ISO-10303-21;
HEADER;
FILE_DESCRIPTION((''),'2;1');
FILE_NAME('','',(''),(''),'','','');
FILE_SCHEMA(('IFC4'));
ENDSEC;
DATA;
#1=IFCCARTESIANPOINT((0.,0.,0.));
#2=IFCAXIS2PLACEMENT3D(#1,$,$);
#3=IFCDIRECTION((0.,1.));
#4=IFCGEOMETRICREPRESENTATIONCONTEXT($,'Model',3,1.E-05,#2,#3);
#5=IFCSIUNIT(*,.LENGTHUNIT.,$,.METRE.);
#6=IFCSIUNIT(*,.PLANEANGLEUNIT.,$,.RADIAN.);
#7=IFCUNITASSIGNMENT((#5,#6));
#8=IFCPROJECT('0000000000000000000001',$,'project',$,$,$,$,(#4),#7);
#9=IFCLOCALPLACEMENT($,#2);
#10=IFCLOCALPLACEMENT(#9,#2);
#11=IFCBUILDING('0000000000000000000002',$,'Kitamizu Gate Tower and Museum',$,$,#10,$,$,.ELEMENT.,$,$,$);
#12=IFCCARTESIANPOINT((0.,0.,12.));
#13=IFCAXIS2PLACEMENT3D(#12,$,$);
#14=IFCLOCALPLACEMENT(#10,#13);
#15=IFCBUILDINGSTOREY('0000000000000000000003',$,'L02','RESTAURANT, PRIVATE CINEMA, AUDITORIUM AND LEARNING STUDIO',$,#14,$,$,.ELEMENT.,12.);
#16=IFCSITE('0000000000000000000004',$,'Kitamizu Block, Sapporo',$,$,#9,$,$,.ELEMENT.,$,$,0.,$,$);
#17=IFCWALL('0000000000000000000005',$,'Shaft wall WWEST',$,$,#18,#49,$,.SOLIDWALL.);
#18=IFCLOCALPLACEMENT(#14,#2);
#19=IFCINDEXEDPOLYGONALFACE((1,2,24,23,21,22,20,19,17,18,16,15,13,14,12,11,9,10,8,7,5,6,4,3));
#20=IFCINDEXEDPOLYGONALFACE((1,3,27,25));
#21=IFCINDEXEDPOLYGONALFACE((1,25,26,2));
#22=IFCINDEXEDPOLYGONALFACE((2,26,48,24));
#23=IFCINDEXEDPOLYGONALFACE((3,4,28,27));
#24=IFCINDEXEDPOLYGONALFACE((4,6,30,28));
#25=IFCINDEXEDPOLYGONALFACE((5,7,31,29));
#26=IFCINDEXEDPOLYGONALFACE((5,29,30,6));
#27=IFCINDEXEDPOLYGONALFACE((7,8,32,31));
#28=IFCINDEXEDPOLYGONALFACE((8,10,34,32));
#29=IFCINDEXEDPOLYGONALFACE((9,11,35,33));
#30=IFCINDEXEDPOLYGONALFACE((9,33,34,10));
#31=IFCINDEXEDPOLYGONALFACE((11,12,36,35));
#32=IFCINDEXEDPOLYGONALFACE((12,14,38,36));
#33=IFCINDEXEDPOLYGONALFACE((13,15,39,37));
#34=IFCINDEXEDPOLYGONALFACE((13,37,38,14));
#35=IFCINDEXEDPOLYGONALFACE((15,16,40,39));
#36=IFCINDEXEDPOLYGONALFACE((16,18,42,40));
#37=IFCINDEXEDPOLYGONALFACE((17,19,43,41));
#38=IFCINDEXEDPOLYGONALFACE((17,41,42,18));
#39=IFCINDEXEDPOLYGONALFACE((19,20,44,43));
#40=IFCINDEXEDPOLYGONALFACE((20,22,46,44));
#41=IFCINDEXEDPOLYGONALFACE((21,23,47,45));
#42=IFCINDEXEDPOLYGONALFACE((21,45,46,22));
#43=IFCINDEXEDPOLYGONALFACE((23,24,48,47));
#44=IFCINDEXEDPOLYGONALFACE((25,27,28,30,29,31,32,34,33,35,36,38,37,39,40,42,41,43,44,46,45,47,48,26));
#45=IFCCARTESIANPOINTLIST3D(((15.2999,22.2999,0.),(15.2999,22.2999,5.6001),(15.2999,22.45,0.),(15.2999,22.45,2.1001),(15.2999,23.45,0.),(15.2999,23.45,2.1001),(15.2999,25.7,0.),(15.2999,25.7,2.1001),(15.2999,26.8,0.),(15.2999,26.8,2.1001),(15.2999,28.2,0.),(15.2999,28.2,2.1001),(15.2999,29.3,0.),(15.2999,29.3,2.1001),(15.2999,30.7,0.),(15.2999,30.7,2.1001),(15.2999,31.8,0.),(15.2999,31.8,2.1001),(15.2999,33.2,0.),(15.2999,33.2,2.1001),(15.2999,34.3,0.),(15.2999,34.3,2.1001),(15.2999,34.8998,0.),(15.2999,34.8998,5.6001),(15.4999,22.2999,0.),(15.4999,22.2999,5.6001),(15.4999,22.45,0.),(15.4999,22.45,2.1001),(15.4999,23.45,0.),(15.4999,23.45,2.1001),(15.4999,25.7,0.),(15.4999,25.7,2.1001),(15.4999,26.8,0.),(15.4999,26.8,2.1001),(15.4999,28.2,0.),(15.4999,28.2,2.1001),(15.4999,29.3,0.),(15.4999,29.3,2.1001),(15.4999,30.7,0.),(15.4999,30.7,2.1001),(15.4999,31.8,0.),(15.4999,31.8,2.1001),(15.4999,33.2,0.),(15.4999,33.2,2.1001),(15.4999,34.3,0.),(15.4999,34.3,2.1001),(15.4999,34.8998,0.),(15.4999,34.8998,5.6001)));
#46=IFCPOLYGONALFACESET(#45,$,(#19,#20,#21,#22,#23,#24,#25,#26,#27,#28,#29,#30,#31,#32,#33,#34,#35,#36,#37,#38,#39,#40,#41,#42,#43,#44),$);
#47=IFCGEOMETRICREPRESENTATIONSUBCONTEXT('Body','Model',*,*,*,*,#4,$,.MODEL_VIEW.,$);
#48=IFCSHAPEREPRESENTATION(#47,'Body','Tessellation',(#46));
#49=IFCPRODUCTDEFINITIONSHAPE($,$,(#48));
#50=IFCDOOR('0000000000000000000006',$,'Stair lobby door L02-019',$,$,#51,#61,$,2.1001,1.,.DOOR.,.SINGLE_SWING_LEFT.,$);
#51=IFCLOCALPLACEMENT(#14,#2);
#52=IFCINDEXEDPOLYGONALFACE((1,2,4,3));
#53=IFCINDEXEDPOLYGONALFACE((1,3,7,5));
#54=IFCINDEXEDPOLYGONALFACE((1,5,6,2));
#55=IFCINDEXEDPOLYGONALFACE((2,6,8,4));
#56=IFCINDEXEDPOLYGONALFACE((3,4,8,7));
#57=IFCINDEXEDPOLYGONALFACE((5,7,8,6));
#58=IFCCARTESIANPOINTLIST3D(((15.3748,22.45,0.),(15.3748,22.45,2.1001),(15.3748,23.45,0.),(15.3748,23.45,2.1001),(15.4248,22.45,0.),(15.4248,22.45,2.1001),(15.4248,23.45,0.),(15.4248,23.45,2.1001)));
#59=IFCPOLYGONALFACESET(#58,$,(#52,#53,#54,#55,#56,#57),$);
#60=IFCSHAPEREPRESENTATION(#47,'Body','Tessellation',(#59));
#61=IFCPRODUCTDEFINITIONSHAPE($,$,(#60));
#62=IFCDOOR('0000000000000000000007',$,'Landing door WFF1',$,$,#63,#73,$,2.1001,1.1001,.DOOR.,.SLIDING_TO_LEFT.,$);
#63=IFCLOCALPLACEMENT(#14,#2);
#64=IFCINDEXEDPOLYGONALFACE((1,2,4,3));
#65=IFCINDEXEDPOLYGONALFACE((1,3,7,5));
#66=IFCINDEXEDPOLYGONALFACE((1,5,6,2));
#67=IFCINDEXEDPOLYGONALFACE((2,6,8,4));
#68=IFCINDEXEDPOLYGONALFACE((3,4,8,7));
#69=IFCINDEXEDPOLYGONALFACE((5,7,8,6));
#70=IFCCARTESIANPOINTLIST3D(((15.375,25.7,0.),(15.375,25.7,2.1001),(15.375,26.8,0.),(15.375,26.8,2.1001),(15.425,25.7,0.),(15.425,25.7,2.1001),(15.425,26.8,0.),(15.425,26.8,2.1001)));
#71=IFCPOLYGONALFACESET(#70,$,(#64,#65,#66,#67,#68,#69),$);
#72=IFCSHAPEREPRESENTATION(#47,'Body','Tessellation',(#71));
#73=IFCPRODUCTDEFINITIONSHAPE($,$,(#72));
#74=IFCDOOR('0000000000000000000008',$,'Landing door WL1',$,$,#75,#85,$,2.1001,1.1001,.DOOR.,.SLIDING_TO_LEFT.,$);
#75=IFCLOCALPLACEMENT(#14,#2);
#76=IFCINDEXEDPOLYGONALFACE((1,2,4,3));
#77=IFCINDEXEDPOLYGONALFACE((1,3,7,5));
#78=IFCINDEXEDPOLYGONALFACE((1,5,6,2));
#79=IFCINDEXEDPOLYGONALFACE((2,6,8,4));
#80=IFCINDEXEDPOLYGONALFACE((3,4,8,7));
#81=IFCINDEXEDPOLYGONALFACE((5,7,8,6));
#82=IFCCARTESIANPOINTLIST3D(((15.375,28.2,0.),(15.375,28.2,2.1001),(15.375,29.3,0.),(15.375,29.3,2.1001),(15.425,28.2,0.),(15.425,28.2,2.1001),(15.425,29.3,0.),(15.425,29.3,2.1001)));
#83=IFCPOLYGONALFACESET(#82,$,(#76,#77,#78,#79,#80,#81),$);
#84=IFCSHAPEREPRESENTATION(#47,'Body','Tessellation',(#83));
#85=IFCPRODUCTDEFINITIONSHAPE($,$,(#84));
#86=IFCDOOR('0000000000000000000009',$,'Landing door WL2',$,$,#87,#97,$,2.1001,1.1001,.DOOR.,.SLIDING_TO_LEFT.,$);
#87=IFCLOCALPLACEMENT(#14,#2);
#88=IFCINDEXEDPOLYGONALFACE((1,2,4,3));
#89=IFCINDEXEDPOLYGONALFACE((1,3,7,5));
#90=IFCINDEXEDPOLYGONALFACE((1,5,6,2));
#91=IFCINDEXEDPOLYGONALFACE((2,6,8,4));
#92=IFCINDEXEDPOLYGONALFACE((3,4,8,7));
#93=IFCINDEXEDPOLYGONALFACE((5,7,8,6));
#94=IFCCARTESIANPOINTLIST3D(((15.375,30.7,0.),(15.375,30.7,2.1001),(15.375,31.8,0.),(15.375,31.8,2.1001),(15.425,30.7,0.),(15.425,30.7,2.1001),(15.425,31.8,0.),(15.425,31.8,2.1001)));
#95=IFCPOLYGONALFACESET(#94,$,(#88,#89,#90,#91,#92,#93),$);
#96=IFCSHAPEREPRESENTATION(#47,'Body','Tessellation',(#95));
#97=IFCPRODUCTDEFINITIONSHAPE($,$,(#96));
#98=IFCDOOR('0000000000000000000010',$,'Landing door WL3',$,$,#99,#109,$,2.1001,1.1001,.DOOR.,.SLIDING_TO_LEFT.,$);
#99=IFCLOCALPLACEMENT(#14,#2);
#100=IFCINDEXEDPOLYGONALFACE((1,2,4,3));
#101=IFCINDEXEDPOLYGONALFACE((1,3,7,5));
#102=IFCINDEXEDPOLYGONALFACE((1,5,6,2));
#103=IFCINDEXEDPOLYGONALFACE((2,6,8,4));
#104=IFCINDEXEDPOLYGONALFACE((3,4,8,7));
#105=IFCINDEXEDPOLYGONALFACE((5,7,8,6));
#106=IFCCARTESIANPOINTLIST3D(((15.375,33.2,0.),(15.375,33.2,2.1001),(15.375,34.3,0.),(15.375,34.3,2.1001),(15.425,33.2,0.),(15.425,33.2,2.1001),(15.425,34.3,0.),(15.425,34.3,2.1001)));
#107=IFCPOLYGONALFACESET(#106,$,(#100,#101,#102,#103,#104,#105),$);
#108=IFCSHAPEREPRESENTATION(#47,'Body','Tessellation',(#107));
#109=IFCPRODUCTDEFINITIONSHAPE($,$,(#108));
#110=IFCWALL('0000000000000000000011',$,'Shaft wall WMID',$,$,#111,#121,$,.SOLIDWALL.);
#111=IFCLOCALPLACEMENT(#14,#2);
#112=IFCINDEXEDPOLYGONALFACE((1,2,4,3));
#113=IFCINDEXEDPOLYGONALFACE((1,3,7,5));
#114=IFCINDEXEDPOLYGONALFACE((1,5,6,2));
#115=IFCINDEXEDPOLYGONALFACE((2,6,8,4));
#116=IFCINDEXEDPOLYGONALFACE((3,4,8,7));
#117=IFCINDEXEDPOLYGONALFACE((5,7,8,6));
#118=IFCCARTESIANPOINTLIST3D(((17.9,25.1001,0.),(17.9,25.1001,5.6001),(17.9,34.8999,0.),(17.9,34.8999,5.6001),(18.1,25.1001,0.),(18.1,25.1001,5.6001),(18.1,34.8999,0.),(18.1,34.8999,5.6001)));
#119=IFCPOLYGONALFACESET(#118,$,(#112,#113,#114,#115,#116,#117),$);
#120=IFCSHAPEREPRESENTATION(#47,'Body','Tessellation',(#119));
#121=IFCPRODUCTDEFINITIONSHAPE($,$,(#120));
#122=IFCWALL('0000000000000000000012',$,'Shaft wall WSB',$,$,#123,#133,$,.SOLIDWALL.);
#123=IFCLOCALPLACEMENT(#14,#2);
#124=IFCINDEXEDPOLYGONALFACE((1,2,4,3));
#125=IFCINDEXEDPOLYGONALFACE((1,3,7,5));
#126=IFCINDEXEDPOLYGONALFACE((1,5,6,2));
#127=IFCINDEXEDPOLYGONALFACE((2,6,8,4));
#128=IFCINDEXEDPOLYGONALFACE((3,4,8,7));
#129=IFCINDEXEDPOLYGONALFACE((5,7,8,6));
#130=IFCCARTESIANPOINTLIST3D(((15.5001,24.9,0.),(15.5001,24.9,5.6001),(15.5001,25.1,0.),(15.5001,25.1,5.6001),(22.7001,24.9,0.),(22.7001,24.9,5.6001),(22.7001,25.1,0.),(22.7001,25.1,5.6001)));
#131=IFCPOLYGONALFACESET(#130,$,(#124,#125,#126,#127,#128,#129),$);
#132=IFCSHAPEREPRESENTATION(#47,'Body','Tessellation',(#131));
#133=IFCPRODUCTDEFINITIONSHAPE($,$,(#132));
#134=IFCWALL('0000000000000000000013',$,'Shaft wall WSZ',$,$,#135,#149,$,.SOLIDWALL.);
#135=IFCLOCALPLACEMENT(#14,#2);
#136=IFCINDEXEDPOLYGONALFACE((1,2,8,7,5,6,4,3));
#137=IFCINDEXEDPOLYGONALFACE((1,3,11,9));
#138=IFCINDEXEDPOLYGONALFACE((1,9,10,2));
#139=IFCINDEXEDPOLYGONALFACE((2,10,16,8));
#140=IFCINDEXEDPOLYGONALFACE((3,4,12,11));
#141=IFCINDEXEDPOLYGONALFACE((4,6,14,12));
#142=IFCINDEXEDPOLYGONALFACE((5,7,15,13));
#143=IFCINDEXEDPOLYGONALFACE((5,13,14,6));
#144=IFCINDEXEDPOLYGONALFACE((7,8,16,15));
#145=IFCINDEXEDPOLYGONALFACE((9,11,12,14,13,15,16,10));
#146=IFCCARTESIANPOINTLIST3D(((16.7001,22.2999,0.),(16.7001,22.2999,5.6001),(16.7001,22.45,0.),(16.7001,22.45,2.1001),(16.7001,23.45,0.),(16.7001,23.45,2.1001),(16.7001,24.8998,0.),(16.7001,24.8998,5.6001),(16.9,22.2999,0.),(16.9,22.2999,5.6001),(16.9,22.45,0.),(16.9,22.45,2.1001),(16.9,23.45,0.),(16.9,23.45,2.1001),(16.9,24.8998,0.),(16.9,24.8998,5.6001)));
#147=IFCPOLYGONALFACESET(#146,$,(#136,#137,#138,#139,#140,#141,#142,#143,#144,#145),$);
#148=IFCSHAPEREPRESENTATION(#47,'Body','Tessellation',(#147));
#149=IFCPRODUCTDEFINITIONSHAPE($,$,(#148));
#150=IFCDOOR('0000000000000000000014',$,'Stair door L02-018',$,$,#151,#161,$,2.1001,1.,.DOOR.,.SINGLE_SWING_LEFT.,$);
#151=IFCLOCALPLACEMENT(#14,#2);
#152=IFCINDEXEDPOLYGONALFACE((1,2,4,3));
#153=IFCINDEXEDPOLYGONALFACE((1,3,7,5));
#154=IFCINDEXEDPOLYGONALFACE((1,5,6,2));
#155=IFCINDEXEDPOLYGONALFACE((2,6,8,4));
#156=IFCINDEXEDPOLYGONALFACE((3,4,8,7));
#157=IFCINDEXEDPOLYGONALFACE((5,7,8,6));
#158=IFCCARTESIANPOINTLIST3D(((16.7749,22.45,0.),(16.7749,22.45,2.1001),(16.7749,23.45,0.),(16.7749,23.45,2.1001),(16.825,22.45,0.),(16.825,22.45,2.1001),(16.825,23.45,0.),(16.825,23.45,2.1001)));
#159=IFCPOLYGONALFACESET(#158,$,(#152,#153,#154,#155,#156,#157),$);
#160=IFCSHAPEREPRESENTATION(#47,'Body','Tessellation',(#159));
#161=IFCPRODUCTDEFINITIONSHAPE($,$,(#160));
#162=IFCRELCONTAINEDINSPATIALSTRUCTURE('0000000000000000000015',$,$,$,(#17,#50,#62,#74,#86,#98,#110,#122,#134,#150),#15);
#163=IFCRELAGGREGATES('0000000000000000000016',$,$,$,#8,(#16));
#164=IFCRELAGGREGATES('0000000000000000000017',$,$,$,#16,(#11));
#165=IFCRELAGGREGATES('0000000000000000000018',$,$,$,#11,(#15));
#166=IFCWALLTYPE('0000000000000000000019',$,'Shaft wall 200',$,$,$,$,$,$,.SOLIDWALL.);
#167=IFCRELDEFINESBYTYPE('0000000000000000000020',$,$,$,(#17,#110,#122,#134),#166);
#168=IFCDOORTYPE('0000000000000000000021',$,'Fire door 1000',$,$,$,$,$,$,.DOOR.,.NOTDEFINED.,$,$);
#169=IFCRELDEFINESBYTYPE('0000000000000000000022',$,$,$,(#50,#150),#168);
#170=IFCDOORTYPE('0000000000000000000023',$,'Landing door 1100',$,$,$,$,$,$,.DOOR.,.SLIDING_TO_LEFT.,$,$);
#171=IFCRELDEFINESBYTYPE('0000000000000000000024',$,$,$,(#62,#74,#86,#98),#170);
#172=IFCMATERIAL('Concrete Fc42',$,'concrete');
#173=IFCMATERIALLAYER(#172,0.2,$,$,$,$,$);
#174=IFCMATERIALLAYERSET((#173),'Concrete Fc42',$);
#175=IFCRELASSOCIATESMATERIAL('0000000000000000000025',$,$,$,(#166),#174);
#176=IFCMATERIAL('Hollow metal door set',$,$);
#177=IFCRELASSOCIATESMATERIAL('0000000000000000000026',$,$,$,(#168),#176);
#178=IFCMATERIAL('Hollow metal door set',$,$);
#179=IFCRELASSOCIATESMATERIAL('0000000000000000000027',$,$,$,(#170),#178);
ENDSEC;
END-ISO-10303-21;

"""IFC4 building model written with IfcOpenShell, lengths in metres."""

from ifc_helpers import new_model, si_unit, direction, frame, frame_2d, origin, place, context, subcontext, project, spatial, rectangle, extrude, material, layer, layer_set, type_object, element, fill, save


model = new_model("IFC4")

# Units and contexts
model_context = context("Model", 3, precision=1e-05, world=origin(), true_north=direction((0.0, 1.0)))
body_context = subcontext(model_context, "Body", "Model", "MODEL_VIEW")
ifc_project = project(units=[si_unit("LENGTHUNIT", "METRE"), si_unit("PLANEANGLEUNIT", "RADIAN")], contexts=[model_context])

# Site, building, storey
site_placement = place(None, origin())
site = spatial("IfcSite", under=ifc_project, at=site_placement, Name="Kitamizu Block, Sapporo", CompositionType="ELEMENT", RefElevation=0.0)
building_placement = place(site_placement, origin())
building = spatial("IfcBuilding", under=site, at=building_placement, Name="Kitamizu Gate Tower and Museum", CompositionType="ELEMENT")
storey_placement = place(building_placement, frame((0.0, 0.0, 12.0)))
storey = spatial("IfcBuildingStorey", under=building, at=storey_placement, Name="L02", Description="RESTAURANT, PRIVATE CINEMA, AUDITORIUM AND LEARNING STUDIO", CompositionType="ELEMENT", Elevation=12.0)

# Wall, openings, doors
ifc_material_1 = material(Name="Concrete Fc42", Category="concrete")
ifc_layer_1 = layer(ifc_material_1, 0.2)
ifc_layer_set_1 = layer_set([ifc_layer_1], Name="Concrete Fc42")
wall_type_1 = type_object("IfcWallType", Name="Shaft wall 200", PredefinedType="SOLIDWALL", material=ifc_layer_set_1)
wall_1_placement = place(storey_placement, frame((15.3999, 22.3, 0.0), z_axis=(0.0, 0.0, 1.0), x_axis=(0.0, 1.0, 0.0)))
wall_1 = element("IfcWall", 1, at=wall_1_placement, inside=storey, type_object=wall_type_1, Name="Shaft wall WWEST", PredefinedType="SOLIDWALL", context=body_context, shape_type="SweptSolid", body=[
    extrude(rectangle(XDim=12.5999, YDim=0.2, at=frame_2d((6.2998, 0.0))), origin(), (0.0, 0.0, 1.0), 5.6001),
])
opening_1_placement = place(wall_1_placement, frame((3.3999, 0.0, 0.0)))
opening_1 = element("IfcOpeningElement", 2, at=opening_1_placement, cuts=wall_1, PredefinedType="OPENING", context=body_context, shape_type="SweptSolid", body=[
    extrude(rectangle(XDim=1.1001, YDim=2.1001, at=frame_2d((0.55, 1.05))), frame((0.0, 0.1099, 0.0), z_axis=(0.0, -1.0, 0.0), x_axis=(1.0, 0.0, 0.0)), (0.0, 0.0, 1.0), 0.22),
])
opening_2_placement = place(wall_1_placement, frame((5.8999, 0.0, 0.0)))
opening_2 = element("IfcOpeningElement", 3, at=opening_2_placement, cuts=wall_1, PredefinedType="OPENING", context=body_context, shape_type="SweptSolid", body=[
    extrude(rectangle(XDim=1.1001, YDim=2.1001, at=frame_2d((0.55, 1.05))), frame((0.0, 0.1099, 0.0), z_axis=(0.0, -1.0, 0.0), x_axis=(1.0, 0.0, 0.0)), (0.0, 0.0, 1.0), 0.22),
])
opening_3_placement = place(wall_1_placement, frame((8.3999, 0.0, 0.0)))
opening_3 = element("IfcOpeningElement", 4, at=opening_3_placement, cuts=wall_1, PredefinedType="OPENING", context=body_context, shape_type="SweptSolid", body=[
    extrude(rectangle(XDim=1.1001, YDim=2.1001, at=frame_2d((0.55, 1.05))), frame((0.0, 0.1099, 0.0), z_axis=(0.0, -1.0, 0.0), x_axis=(1.0, 0.0, 0.0)), (0.0, 0.0, 1.0), 0.22),
])
opening_4_placement = place(wall_1_placement, frame((10.8999, 0.0, 0.0)))
opening_4 = element("IfcOpeningElement", 5, at=opening_4_placement, cuts=wall_1, PredefinedType="OPENING", context=body_context, shape_type="SweptSolid", body=[
    extrude(rectangle(XDim=1.1001, YDim=2.1001, at=frame_2d((0.55, 1.05))), frame((0.0, 0.1099, 0.0), z_axis=(0.0, -1.0, 0.0), x_axis=(1.0, 0.0, 0.0)), (0.0, 0.0, 1.0), 0.22),
])
opening_5_placement = place(wall_1_placement, frame((0.1499, 0.0, 0.0)))
opening_5 = element("IfcOpeningElement", 6, at=opening_5_placement, cuts=wall_1, PredefinedType="OPENING", context=body_context, shape_type="SweptSolid", body=[
    extrude(rectangle(XDim=1.0, YDim=2.1001, at=frame_2d((0.5, 1.05))), frame((0.0, 0.1099, 0.0), z_axis=(0.0, -1.0, 0.0), x_axis=(1.0, 0.0, 0.0)), (0.0, 0.0, 1.0), 0.22),
])
ifc_material_2 = material(Name="Hollow metal door set")
door_type_1 = type_object("IfcDoorType", Name="Fire door 1000", OperationType="NOTDEFINED", PredefinedType="DOOR", material=ifc_material_2)
door_1_placement = place(opening_5_placement, frame((1.0, 0.0, 0.0), x_axis=(-1.0, 0.0, 0.0)))
door_1 = element("IfcDoor", 7, at=door_1_placement, inside=storey, type_object=door_type_1, Name="Stair lobby door L02-019", OperationType="SINGLE_SWING_LEFT", OverallHeight=2.1001, OverallWidth=1.0, PredefinedType="DOOR", context=body_context, shape_type="SweptSolid", body=[
    extrude(rectangle(XDim=1.0, YDim=2.1001, at=frame_2d((0.5, 1.05))), frame((0.0, 0.0249, 0.0), z_axis=(0.0, -1.0, 0.0), x_axis=(1.0, 0.0, 0.0)), (0.0, 0.0, 1.0), 0.05),
])
fill(opening_5, door_1)
ifc_material_3 = material(Name="Hollow metal door set")
door_type_2 = type_object("IfcDoorType", Name="Landing door 1100", OperationType="SLIDING_TO_LEFT", PredefinedType="DOOR", material=ifc_material_3)
door_2_placement = place(opening_1_placement, origin())
door_2 = element("IfcDoor", 8, at=door_2_placement, inside=storey, type_object=door_type_2, Name="Landing door WFF1", OperationType="SLIDING_TO_LEFT", OverallHeight=2.1001, OverallWidth=1.1001, PredefinedType="DOOR", context=body_context, shape_type="SweptSolid", body=[
    extrude(rectangle(XDim=1.1001, YDim=2.1001, at=frame_2d((0.55, 1.05))), frame((0.0, 0.0249, 0.0), z_axis=(0.0, -1.0, 0.0), x_axis=(1.0, 0.0, 0.0)), (0.0, 0.0, 1.0), 0.05),
])
fill(opening_1, door_2)
door_3_placement = place(opening_2_placement, origin())
door_3 = element("IfcDoor", 9, at=door_3_placement, inside=storey, type_object=door_type_2, Name="Landing door WL1", OperationType="SLIDING_TO_LEFT", OverallHeight=2.1001, OverallWidth=1.1001, PredefinedType="DOOR", context=body_context, shape_type="SweptSolid", body=[
    extrude(rectangle(XDim=1.1001, YDim=2.1001, at=frame_2d((0.55, 1.05))), frame((0.0, 0.0249, 0.0), z_axis=(0.0, -1.0, 0.0), x_axis=(1.0, 0.0, 0.0)), (0.0, 0.0, 1.0), 0.05),
])
fill(opening_2, door_3)
door_4_placement = place(opening_3_placement, origin())
door_4 = element("IfcDoor", 10, at=door_4_placement, inside=storey, type_object=door_type_2, Name="Landing door WL2", OperationType="SLIDING_TO_LEFT", OverallHeight=2.1001, OverallWidth=1.1001, PredefinedType="DOOR", context=body_context, shape_type="SweptSolid", body=[
    extrude(rectangle(XDim=1.1001, YDim=2.1001, at=frame_2d((0.55, 1.05))), frame((0.0, 0.0249, 0.0), z_axis=(0.0, -1.0, 0.0), x_axis=(1.0, 0.0, 0.0)), (0.0, 0.0, 1.0), 0.05),
])
fill(opening_3, door_4)
door_5_placement = place(opening_4_placement, origin())
door_5 = element("IfcDoor", 11, at=door_5_placement, inside=storey, type_object=door_type_2, Name="Landing door WL3", OperationType="SLIDING_TO_LEFT", OverallHeight=2.1001, OverallWidth=1.1001, PredefinedType="DOOR", context=body_context, shape_type="SweptSolid", body=[
    extrude(rectangle(XDim=1.1001, YDim=2.1001, at=frame_2d((0.55, 1.05))), frame((0.0, 0.0249, 0.0), z_axis=(0.0, -1.0, 0.0), x_axis=(1.0, 0.0, 0.0)), (0.0, 0.0, 1.0), 0.05),
])
fill(opening_4, door_5)

# Walls
wall_2_placement = place(storey_placement, frame((18.0, 25.1001, 0.0), z_axis=(0.0, 0.0, 1.0), x_axis=(0.0, 1.0, 0.0)))
element("IfcWall", 12, at=wall_2_placement, inside=storey, type_object=wall_type_1, Name="Shaft wall WMID", PredefinedType="SOLIDWALL", context=body_context, shape_type="SweptSolid", body=[
    extrude(rectangle(XDim=9.7998, YDim=0.2, at=frame_2d((4.8999, 0.0))), origin(), (0.0, 0.0, 1.0), 5.6001),
])
wall_3_placement = place(storey_placement, frame((15.5, 25.0, 0.0), z_axis=(0.0, 0.0, 1.0), x_axis=(1.0, 0.0, 0.0)))
element("IfcWall", 13, at=wall_3_placement, inside=storey, type_object=wall_type_1, Name="Shaft wall WSB", PredefinedType="SOLIDWALL", context=body_context, shape_type="SweptSolid", body=[
    extrude(rectangle(XDim=7.2, YDim=0.2, at=frame_2d((3.6001, 0.0))), origin(), (0.0, 0.0, 1.0), 5.6001),
])

# Wall, opening, door
wall_4_placement = place(storey_placement, frame((16.8, 22.3, 0.0), z_axis=(0.0, 0.0, 1.0), x_axis=(0.0, 1.0, 0.0)))
wall_4 = element("IfcWall", 14, at=wall_4_placement, inside=storey, type_object=wall_type_1, Name="Shaft wall WSZ", PredefinedType="SOLIDWALL", context=body_context, shape_type="SweptSolid", body=[
    extrude(rectangle(XDim=2.5999, YDim=0.2, at=frame_2d((1.2998, 0.0))), origin(), (0.0, 0.0, 1.0), 5.6001),
])
opening_6_placement = place(wall_4_placement, frame((0.1499, 0.0, 0.0)))
opening_6 = element("IfcOpeningElement", 15, at=opening_6_placement, cuts=wall_4, PredefinedType="OPENING", context=body_context, shape_type="SweptSolid", body=[
    extrude(rectangle(XDim=1.0, YDim=2.1001, at=frame_2d((0.5, 1.05))), frame((0.0, 0.1099, 0.0), z_axis=(0.0, -1.0, 0.0), x_axis=(1.0, 0.0, 0.0)), (0.0, 0.0, 1.0), 0.22),
])
door_6_placement = place(opening_6_placement, frame((1.0, 0.0, 0.0), x_axis=(-1.0, 0.0, 0.0)))
door_6 = element("IfcDoor", 16, at=door_6_placement, inside=storey, type_object=door_type_1, Name="Stair door L02-018", OperationType="SINGLE_SWING_LEFT", OverallHeight=2.1001, OverallWidth=1.0, PredefinedType="DOOR", context=body_context, shape_type="SweptSolid", body=[
    extrude(rectangle(XDim=1.0, YDim=2.1001, at=frame_2d((0.5, 1.05))), frame((0.0, 0.0249, 0.0), z_axis=(0.0, -1.0, 0.0), x_axis=(1.0, 0.0, 0.0)), (0.0, 0.0, 1.0), 0.05),
])
fill(opening_6, door_6)

save(model, "model.ifc")
